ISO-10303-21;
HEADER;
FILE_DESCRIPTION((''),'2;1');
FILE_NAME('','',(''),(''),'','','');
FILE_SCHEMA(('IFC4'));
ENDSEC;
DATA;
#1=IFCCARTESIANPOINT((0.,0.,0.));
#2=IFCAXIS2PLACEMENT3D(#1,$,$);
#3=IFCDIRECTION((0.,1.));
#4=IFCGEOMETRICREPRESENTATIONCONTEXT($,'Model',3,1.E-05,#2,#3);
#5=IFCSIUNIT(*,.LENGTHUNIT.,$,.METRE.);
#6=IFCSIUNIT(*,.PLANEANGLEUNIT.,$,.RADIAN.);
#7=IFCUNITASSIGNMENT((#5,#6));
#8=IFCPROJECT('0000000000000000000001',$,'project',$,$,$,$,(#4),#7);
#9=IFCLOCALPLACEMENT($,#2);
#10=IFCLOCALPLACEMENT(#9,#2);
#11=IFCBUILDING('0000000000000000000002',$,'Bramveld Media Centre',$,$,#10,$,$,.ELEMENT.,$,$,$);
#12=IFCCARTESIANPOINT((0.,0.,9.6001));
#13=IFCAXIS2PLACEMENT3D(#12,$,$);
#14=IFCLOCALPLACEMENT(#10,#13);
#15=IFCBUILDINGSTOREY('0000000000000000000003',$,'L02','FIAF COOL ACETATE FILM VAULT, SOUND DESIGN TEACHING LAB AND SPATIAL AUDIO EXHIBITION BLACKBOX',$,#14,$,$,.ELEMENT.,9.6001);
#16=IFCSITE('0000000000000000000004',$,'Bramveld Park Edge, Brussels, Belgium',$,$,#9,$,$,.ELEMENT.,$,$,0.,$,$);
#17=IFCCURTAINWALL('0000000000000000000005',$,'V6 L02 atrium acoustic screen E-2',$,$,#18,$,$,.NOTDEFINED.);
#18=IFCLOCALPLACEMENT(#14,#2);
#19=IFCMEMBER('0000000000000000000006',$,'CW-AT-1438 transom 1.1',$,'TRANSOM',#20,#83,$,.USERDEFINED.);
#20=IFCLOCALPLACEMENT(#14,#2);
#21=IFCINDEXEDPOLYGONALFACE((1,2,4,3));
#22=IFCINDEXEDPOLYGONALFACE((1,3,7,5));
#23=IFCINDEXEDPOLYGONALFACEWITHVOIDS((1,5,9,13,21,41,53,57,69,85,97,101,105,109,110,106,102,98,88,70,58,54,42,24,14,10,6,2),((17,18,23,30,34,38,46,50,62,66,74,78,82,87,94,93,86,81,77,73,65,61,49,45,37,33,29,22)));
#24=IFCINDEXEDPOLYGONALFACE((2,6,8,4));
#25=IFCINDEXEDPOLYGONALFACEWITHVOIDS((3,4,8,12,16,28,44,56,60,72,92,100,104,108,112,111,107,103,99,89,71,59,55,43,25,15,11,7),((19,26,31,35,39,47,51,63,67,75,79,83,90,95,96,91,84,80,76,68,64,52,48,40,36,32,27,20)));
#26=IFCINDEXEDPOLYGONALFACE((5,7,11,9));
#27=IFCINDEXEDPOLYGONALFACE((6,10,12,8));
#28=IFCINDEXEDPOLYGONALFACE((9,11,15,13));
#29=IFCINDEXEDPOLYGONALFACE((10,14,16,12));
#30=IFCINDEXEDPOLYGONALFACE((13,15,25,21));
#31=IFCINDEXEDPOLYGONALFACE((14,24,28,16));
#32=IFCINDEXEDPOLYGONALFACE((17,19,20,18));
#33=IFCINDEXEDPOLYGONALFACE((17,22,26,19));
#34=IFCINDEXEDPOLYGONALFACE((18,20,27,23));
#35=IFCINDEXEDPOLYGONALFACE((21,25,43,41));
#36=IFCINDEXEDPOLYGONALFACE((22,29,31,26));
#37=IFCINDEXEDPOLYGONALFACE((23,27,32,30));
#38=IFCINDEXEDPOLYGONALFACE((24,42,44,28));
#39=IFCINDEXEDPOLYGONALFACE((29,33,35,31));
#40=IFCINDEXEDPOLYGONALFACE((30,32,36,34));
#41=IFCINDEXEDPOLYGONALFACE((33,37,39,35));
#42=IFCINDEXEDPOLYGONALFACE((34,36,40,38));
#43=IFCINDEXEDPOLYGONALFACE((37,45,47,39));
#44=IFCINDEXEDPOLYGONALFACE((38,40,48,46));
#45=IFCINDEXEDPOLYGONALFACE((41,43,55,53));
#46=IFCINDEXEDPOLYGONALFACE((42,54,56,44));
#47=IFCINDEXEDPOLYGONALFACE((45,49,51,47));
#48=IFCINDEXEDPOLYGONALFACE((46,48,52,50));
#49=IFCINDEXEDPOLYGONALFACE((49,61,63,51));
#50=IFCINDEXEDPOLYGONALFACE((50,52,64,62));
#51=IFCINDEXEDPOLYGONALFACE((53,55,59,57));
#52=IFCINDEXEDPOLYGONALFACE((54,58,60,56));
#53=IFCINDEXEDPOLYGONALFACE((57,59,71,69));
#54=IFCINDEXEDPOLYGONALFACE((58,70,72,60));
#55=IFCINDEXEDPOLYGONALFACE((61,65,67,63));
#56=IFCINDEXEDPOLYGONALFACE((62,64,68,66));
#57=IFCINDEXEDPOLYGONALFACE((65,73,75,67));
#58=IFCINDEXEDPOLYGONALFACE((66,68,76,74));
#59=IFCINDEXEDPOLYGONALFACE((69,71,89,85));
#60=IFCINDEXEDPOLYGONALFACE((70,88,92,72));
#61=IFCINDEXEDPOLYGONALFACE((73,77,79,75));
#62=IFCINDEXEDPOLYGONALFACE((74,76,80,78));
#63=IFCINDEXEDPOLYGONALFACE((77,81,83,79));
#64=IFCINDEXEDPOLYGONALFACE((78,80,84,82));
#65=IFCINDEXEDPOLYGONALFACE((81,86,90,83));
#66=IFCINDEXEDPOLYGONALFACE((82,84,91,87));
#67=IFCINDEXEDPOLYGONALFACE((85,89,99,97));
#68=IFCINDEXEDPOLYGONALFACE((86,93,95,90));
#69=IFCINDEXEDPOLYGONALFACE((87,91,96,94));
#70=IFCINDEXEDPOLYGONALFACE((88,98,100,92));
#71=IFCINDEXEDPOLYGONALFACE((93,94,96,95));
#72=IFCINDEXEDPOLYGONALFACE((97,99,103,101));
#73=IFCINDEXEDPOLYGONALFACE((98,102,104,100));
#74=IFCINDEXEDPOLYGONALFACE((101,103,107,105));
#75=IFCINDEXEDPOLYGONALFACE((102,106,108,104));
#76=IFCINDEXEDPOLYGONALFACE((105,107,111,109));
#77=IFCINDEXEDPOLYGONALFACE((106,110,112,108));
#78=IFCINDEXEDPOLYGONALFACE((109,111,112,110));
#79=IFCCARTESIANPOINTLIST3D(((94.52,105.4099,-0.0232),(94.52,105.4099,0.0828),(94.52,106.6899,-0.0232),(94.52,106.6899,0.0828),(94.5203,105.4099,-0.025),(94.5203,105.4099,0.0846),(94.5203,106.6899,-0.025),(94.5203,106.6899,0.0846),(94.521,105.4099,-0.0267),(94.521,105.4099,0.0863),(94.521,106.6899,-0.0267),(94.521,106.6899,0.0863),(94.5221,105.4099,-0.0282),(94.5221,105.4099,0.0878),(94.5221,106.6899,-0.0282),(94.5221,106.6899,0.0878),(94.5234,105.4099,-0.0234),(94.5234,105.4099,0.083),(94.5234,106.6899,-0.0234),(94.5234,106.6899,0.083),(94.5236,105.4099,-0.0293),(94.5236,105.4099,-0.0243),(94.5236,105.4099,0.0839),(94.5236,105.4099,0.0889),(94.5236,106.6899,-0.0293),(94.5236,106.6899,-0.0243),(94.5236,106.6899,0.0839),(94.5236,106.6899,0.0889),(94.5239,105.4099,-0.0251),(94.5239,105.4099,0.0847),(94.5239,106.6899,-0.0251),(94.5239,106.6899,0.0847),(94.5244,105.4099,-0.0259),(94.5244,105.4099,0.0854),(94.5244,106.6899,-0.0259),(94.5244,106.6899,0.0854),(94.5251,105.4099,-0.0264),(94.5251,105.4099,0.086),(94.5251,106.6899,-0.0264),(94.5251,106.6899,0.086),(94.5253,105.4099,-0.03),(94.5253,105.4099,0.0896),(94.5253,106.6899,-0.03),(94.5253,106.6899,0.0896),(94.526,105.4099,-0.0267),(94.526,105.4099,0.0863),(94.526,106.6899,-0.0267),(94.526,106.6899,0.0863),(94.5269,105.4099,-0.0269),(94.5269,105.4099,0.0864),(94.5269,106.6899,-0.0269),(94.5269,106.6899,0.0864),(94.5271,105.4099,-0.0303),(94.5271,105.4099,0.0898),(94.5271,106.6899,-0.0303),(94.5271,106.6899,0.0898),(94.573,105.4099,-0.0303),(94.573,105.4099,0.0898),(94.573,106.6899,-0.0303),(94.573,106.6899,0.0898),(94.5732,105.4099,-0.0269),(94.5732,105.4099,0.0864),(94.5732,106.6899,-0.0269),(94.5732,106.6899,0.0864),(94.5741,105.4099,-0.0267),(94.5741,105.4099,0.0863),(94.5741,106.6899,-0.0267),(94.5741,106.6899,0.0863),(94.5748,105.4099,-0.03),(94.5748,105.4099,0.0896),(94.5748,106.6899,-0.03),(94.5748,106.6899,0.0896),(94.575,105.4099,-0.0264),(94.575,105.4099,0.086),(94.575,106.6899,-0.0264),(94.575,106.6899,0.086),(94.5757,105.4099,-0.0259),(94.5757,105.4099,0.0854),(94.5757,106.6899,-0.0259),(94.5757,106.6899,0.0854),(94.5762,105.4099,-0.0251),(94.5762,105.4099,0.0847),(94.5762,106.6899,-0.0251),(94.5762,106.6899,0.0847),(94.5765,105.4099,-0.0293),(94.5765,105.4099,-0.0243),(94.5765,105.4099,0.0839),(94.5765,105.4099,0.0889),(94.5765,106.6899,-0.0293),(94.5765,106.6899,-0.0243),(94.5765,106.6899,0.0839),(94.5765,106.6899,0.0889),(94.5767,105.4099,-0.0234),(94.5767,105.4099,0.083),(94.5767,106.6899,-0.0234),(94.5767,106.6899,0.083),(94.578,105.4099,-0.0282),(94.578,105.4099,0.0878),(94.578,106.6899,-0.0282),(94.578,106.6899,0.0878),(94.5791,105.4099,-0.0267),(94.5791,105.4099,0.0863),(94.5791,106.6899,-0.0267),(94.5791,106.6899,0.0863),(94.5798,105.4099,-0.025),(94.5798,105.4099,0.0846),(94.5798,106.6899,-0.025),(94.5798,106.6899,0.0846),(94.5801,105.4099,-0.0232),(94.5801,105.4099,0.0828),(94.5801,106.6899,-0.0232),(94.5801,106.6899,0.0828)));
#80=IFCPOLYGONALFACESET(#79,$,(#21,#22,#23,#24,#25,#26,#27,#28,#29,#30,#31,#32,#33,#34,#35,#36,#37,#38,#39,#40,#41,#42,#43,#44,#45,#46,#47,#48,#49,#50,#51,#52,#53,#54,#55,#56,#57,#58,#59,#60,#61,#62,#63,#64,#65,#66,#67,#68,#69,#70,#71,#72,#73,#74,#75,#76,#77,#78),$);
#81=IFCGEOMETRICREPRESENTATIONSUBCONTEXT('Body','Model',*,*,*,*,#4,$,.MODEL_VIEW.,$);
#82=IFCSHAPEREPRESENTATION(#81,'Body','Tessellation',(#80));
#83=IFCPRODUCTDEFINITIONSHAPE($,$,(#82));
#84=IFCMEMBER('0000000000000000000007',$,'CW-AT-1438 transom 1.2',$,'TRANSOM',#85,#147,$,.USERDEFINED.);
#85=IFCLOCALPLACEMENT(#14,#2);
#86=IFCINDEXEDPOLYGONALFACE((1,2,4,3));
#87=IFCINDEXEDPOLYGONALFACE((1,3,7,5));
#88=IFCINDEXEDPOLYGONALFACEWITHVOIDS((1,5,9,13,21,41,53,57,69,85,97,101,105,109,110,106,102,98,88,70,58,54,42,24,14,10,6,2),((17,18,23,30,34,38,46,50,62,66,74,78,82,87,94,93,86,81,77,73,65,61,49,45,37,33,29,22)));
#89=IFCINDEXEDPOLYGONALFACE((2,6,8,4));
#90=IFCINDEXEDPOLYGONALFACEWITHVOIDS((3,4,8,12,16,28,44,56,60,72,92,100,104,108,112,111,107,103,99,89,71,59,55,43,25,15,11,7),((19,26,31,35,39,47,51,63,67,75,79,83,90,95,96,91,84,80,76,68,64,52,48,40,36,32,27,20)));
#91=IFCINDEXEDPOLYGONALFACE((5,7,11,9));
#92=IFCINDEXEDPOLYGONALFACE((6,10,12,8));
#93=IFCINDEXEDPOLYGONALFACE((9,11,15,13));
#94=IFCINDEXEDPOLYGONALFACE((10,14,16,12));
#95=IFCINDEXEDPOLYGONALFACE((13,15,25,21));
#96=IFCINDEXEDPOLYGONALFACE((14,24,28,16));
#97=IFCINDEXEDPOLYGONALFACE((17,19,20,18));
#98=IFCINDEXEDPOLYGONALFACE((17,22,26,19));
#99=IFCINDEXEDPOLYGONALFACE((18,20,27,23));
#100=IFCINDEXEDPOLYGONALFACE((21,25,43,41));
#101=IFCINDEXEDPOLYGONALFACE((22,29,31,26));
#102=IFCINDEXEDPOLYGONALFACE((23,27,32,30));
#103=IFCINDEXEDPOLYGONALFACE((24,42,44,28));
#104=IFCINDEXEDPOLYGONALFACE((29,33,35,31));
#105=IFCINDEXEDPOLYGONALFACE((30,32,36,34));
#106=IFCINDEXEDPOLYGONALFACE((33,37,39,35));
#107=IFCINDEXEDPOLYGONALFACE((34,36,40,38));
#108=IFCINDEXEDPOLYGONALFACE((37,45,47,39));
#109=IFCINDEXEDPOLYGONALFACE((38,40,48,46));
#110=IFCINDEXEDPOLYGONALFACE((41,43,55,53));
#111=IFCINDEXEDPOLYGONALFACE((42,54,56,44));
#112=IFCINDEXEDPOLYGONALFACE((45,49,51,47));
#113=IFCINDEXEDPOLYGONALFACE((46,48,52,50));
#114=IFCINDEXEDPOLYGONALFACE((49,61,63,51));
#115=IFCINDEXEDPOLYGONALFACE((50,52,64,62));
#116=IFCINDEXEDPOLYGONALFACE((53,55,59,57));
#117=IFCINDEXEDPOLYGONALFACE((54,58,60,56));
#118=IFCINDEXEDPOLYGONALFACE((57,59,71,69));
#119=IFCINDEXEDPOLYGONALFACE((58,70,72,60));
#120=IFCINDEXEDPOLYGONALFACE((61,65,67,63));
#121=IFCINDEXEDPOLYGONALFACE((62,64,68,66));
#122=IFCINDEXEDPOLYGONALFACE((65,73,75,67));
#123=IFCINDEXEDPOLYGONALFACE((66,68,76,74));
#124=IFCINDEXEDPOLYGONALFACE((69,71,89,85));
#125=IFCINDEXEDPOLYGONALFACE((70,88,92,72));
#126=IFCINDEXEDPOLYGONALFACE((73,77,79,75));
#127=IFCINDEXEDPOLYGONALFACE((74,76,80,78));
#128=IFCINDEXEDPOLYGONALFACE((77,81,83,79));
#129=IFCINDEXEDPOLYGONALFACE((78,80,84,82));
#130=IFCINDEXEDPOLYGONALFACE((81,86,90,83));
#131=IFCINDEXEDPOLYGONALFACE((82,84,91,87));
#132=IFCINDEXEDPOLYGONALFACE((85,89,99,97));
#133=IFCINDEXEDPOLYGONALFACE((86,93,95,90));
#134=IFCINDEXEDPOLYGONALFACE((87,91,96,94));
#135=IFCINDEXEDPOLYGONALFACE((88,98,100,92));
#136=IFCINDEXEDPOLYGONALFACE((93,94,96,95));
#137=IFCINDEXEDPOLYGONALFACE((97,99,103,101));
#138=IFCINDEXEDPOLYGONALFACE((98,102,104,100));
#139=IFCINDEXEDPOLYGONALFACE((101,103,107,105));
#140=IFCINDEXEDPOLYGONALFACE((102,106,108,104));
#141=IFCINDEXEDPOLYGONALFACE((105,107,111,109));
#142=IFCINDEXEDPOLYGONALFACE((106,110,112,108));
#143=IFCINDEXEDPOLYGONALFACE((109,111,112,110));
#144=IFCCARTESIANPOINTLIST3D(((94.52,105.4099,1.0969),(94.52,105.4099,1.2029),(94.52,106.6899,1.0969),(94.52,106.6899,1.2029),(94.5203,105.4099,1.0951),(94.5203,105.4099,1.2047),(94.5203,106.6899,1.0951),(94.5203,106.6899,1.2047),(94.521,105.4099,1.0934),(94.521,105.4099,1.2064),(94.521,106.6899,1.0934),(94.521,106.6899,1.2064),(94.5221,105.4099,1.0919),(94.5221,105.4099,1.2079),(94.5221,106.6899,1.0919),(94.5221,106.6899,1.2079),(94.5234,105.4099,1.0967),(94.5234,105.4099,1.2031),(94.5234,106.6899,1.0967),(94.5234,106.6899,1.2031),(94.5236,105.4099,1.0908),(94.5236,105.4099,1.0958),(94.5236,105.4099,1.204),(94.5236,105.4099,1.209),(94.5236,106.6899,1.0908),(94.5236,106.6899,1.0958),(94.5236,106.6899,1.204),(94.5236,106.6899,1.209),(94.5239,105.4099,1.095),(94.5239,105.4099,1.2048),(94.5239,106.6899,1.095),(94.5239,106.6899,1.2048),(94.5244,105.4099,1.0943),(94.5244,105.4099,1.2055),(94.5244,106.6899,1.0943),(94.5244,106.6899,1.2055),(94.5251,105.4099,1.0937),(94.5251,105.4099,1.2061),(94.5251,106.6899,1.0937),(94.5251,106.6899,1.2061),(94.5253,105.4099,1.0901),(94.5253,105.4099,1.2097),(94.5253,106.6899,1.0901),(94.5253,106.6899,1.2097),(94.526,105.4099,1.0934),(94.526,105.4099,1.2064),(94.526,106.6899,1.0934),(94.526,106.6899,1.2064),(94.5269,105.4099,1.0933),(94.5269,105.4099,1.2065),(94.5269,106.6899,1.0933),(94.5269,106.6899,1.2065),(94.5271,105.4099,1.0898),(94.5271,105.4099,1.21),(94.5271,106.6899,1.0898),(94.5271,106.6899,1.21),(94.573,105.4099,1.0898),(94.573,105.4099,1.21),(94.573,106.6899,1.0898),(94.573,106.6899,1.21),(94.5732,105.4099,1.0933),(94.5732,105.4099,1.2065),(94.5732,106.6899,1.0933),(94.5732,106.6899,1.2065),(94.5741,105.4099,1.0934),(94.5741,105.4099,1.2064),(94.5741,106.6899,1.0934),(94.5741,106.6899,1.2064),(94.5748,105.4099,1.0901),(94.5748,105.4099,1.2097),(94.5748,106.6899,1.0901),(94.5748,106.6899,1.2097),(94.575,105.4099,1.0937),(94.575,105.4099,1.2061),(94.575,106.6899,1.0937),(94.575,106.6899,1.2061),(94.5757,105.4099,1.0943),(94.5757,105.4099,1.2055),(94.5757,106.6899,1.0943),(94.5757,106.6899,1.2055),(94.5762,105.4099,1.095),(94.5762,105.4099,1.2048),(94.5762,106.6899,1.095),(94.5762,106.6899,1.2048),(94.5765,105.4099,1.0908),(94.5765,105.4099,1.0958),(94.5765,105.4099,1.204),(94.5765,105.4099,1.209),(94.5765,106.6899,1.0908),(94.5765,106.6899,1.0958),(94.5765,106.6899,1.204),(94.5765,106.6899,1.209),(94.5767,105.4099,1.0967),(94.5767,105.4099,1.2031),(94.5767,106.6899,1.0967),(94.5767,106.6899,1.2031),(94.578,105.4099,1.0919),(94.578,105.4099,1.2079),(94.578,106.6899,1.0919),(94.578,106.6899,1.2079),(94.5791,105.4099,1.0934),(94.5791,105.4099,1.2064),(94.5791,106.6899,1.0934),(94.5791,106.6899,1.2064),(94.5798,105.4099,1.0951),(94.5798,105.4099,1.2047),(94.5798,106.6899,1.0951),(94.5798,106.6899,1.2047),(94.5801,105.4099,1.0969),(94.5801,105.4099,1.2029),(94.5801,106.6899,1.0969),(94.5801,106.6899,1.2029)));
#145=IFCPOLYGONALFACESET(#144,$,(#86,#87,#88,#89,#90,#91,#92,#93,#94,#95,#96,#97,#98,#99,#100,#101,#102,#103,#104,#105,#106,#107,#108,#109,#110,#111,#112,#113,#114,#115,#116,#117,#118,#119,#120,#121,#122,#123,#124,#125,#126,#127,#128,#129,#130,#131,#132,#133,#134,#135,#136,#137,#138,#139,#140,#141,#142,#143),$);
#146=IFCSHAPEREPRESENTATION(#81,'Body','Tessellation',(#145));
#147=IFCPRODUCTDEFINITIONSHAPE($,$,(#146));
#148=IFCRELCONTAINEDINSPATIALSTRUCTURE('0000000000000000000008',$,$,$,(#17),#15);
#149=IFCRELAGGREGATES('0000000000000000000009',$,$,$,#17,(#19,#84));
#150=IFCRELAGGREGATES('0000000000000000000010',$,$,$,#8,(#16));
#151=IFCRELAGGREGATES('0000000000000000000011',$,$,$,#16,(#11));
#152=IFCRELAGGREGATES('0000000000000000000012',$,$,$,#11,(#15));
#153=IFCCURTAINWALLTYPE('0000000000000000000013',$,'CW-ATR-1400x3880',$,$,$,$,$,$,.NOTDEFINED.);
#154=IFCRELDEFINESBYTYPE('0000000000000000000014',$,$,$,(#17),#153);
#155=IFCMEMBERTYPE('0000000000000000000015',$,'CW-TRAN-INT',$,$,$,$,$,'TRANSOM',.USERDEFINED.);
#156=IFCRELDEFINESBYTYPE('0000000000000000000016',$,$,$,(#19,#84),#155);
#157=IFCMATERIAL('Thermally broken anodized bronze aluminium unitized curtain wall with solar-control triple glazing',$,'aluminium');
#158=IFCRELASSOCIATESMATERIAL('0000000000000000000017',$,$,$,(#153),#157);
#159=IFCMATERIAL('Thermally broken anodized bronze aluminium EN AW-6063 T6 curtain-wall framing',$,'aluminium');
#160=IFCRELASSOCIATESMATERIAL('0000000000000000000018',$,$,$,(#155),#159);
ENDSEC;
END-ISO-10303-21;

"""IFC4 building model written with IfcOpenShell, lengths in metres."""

from ifc_helpers import new_model, si_unit, direction, frame, origin, origin_2d, place, context, subcontext, project, spatial, hollow_rectangle, extrude, material, material_profile, profile_set, type_object, element, aggregate, save


model = new_model("IFC4")

# Units and contexts
model_context = context("Model", 3, precision=1e-05, world=origin(), true_north=direction((0.0, 1.0)))
body_context = subcontext(model_context, "Body", "Model", "MODEL_VIEW")
ifc_project = project(units=[si_unit("LENGTHUNIT", "METRE"), si_unit("PLANEANGLEUNIT", "RADIAN")], contexts=[model_context])

# Site, building, storey
site_placement = place(None, origin())
site = spatial("IfcSite", under=ifc_project, at=site_placement, Name="Bramveld Park Edge, Brussels, Belgium", CompositionType="ELEMENT", RefElevation=0.0)
building_placement = place(site_placement, origin())
building = spatial("IfcBuilding", under=site, at=building_placement, Name="Bramveld Media Centre", CompositionType="ELEMENT")
storey_placement = place(building_placement, frame((0.0, 0.0, 9.6001)))
storey = spatial("IfcBuildingStorey", under=building, at=storey_placement, Name="L02", Description="FIAF COOL ACETATE FILM VAULT, SOUND DESIGN TEACHING LAB AND SPATIAL AUDIO EXHIBITION BLACKBOX", CompositionType="ELEMENT", Elevation=9.6001)

# Curtain wall
ifc_material_1 = material(Name="Thermally broken anodized bronze aluminium unitized curtain wall with solar-control triple glazing", Category="aluminium")
curtain_wall_type_1 = type_object("IfcCurtainWallType", Name="CW-ATR-1400x3880", PredefinedType="NOTDEFINED", material=ifc_material_1)
curtain_wall_1_placement = place(storey_placement, origin())
curtain_wall_1 = element("IfcCurtainWall", 1, at=curtain_wall_1_placement, inside=storey, type_object=curtain_wall_type_1, Name="V6 L02 atrium acoustic screen E-2", PredefinedType="NOTDEFINED")

# Members
ifc_material_2 = material(Name="Thermally broken anodized bronze aluminium EN AW-6063 T6 curtain-wall framing", Category="aluminium")
ifc_material_profile_1 = material_profile(ifc_material_2, hollow_rectangle(XDim=0.0601, YDim=0.1201, WallThickness=0.0034, InnerFilletRadius=0.0034, OuterFilletRadius=0.0071, at=origin_2d()), Name="AL-TRAN 60x120")
ifc_profile_set_1 = profile_set([ifc_material_profile_1], Name="Thermally broken anodized bronze aluminium EN AW-6063 T6 curtain-wall framing")
member_type_1 = type_object("IfcMemberType", Name="CW-TRAN-INT", ElementType="TRANSOM", PredefinedType="USERDEFINED", material=ifc_profile_set_1)
member_1_placement = place(storey_placement, frame((94.55, 105.4099, 0.0298), z_axis=(0.0, 1.0, 0.0), x_axis=(-1.0, 0.0, 0.0)))
member_1 = element("IfcMember", 2, at=member_1_placement, type_object=member_type_1, Name="CW-AT-1438 transom 1.1", ObjectType="TRANSOM", PredefinedType="USERDEFINED", context=body_context, shape_type="SweptSolid", body=[
    extrude(hollow_rectangle(XDim=0.0601, YDim=0.1201, WallThickness=0.0034, InnerFilletRadius=0.0034, OuterFilletRadius=0.0071, at=origin_2d()), origin(), (0.0, 0.0, 1.0), 1.28),
])
member_2_placement = place(storey_placement, frame((94.55, 105.4099, 1.1499), z_axis=(0.0, 1.0, 0.0), x_axis=(-1.0, 0.0, 0.0)))
member_2 = element("IfcMember", 3, at=member_2_placement, type_object=member_type_1, Name="CW-AT-1438 transom 1.2", ObjectType="TRANSOM", PredefinedType="USERDEFINED", context=body_context, shape_type="SweptSolid", body=[
    extrude(hollow_rectangle(XDim=0.0601, YDim=0.1201, WallThickness=0.0034, InnerFilletRadius=0.0034, OuterFilletRadius=0.0071, at=origin_2d()), origin(), (0.0, 0.0, 1.0), 1.28),
])

aggregate(curtain_wall_1, [member_1, member_2])

save(model, "model.ifc")
